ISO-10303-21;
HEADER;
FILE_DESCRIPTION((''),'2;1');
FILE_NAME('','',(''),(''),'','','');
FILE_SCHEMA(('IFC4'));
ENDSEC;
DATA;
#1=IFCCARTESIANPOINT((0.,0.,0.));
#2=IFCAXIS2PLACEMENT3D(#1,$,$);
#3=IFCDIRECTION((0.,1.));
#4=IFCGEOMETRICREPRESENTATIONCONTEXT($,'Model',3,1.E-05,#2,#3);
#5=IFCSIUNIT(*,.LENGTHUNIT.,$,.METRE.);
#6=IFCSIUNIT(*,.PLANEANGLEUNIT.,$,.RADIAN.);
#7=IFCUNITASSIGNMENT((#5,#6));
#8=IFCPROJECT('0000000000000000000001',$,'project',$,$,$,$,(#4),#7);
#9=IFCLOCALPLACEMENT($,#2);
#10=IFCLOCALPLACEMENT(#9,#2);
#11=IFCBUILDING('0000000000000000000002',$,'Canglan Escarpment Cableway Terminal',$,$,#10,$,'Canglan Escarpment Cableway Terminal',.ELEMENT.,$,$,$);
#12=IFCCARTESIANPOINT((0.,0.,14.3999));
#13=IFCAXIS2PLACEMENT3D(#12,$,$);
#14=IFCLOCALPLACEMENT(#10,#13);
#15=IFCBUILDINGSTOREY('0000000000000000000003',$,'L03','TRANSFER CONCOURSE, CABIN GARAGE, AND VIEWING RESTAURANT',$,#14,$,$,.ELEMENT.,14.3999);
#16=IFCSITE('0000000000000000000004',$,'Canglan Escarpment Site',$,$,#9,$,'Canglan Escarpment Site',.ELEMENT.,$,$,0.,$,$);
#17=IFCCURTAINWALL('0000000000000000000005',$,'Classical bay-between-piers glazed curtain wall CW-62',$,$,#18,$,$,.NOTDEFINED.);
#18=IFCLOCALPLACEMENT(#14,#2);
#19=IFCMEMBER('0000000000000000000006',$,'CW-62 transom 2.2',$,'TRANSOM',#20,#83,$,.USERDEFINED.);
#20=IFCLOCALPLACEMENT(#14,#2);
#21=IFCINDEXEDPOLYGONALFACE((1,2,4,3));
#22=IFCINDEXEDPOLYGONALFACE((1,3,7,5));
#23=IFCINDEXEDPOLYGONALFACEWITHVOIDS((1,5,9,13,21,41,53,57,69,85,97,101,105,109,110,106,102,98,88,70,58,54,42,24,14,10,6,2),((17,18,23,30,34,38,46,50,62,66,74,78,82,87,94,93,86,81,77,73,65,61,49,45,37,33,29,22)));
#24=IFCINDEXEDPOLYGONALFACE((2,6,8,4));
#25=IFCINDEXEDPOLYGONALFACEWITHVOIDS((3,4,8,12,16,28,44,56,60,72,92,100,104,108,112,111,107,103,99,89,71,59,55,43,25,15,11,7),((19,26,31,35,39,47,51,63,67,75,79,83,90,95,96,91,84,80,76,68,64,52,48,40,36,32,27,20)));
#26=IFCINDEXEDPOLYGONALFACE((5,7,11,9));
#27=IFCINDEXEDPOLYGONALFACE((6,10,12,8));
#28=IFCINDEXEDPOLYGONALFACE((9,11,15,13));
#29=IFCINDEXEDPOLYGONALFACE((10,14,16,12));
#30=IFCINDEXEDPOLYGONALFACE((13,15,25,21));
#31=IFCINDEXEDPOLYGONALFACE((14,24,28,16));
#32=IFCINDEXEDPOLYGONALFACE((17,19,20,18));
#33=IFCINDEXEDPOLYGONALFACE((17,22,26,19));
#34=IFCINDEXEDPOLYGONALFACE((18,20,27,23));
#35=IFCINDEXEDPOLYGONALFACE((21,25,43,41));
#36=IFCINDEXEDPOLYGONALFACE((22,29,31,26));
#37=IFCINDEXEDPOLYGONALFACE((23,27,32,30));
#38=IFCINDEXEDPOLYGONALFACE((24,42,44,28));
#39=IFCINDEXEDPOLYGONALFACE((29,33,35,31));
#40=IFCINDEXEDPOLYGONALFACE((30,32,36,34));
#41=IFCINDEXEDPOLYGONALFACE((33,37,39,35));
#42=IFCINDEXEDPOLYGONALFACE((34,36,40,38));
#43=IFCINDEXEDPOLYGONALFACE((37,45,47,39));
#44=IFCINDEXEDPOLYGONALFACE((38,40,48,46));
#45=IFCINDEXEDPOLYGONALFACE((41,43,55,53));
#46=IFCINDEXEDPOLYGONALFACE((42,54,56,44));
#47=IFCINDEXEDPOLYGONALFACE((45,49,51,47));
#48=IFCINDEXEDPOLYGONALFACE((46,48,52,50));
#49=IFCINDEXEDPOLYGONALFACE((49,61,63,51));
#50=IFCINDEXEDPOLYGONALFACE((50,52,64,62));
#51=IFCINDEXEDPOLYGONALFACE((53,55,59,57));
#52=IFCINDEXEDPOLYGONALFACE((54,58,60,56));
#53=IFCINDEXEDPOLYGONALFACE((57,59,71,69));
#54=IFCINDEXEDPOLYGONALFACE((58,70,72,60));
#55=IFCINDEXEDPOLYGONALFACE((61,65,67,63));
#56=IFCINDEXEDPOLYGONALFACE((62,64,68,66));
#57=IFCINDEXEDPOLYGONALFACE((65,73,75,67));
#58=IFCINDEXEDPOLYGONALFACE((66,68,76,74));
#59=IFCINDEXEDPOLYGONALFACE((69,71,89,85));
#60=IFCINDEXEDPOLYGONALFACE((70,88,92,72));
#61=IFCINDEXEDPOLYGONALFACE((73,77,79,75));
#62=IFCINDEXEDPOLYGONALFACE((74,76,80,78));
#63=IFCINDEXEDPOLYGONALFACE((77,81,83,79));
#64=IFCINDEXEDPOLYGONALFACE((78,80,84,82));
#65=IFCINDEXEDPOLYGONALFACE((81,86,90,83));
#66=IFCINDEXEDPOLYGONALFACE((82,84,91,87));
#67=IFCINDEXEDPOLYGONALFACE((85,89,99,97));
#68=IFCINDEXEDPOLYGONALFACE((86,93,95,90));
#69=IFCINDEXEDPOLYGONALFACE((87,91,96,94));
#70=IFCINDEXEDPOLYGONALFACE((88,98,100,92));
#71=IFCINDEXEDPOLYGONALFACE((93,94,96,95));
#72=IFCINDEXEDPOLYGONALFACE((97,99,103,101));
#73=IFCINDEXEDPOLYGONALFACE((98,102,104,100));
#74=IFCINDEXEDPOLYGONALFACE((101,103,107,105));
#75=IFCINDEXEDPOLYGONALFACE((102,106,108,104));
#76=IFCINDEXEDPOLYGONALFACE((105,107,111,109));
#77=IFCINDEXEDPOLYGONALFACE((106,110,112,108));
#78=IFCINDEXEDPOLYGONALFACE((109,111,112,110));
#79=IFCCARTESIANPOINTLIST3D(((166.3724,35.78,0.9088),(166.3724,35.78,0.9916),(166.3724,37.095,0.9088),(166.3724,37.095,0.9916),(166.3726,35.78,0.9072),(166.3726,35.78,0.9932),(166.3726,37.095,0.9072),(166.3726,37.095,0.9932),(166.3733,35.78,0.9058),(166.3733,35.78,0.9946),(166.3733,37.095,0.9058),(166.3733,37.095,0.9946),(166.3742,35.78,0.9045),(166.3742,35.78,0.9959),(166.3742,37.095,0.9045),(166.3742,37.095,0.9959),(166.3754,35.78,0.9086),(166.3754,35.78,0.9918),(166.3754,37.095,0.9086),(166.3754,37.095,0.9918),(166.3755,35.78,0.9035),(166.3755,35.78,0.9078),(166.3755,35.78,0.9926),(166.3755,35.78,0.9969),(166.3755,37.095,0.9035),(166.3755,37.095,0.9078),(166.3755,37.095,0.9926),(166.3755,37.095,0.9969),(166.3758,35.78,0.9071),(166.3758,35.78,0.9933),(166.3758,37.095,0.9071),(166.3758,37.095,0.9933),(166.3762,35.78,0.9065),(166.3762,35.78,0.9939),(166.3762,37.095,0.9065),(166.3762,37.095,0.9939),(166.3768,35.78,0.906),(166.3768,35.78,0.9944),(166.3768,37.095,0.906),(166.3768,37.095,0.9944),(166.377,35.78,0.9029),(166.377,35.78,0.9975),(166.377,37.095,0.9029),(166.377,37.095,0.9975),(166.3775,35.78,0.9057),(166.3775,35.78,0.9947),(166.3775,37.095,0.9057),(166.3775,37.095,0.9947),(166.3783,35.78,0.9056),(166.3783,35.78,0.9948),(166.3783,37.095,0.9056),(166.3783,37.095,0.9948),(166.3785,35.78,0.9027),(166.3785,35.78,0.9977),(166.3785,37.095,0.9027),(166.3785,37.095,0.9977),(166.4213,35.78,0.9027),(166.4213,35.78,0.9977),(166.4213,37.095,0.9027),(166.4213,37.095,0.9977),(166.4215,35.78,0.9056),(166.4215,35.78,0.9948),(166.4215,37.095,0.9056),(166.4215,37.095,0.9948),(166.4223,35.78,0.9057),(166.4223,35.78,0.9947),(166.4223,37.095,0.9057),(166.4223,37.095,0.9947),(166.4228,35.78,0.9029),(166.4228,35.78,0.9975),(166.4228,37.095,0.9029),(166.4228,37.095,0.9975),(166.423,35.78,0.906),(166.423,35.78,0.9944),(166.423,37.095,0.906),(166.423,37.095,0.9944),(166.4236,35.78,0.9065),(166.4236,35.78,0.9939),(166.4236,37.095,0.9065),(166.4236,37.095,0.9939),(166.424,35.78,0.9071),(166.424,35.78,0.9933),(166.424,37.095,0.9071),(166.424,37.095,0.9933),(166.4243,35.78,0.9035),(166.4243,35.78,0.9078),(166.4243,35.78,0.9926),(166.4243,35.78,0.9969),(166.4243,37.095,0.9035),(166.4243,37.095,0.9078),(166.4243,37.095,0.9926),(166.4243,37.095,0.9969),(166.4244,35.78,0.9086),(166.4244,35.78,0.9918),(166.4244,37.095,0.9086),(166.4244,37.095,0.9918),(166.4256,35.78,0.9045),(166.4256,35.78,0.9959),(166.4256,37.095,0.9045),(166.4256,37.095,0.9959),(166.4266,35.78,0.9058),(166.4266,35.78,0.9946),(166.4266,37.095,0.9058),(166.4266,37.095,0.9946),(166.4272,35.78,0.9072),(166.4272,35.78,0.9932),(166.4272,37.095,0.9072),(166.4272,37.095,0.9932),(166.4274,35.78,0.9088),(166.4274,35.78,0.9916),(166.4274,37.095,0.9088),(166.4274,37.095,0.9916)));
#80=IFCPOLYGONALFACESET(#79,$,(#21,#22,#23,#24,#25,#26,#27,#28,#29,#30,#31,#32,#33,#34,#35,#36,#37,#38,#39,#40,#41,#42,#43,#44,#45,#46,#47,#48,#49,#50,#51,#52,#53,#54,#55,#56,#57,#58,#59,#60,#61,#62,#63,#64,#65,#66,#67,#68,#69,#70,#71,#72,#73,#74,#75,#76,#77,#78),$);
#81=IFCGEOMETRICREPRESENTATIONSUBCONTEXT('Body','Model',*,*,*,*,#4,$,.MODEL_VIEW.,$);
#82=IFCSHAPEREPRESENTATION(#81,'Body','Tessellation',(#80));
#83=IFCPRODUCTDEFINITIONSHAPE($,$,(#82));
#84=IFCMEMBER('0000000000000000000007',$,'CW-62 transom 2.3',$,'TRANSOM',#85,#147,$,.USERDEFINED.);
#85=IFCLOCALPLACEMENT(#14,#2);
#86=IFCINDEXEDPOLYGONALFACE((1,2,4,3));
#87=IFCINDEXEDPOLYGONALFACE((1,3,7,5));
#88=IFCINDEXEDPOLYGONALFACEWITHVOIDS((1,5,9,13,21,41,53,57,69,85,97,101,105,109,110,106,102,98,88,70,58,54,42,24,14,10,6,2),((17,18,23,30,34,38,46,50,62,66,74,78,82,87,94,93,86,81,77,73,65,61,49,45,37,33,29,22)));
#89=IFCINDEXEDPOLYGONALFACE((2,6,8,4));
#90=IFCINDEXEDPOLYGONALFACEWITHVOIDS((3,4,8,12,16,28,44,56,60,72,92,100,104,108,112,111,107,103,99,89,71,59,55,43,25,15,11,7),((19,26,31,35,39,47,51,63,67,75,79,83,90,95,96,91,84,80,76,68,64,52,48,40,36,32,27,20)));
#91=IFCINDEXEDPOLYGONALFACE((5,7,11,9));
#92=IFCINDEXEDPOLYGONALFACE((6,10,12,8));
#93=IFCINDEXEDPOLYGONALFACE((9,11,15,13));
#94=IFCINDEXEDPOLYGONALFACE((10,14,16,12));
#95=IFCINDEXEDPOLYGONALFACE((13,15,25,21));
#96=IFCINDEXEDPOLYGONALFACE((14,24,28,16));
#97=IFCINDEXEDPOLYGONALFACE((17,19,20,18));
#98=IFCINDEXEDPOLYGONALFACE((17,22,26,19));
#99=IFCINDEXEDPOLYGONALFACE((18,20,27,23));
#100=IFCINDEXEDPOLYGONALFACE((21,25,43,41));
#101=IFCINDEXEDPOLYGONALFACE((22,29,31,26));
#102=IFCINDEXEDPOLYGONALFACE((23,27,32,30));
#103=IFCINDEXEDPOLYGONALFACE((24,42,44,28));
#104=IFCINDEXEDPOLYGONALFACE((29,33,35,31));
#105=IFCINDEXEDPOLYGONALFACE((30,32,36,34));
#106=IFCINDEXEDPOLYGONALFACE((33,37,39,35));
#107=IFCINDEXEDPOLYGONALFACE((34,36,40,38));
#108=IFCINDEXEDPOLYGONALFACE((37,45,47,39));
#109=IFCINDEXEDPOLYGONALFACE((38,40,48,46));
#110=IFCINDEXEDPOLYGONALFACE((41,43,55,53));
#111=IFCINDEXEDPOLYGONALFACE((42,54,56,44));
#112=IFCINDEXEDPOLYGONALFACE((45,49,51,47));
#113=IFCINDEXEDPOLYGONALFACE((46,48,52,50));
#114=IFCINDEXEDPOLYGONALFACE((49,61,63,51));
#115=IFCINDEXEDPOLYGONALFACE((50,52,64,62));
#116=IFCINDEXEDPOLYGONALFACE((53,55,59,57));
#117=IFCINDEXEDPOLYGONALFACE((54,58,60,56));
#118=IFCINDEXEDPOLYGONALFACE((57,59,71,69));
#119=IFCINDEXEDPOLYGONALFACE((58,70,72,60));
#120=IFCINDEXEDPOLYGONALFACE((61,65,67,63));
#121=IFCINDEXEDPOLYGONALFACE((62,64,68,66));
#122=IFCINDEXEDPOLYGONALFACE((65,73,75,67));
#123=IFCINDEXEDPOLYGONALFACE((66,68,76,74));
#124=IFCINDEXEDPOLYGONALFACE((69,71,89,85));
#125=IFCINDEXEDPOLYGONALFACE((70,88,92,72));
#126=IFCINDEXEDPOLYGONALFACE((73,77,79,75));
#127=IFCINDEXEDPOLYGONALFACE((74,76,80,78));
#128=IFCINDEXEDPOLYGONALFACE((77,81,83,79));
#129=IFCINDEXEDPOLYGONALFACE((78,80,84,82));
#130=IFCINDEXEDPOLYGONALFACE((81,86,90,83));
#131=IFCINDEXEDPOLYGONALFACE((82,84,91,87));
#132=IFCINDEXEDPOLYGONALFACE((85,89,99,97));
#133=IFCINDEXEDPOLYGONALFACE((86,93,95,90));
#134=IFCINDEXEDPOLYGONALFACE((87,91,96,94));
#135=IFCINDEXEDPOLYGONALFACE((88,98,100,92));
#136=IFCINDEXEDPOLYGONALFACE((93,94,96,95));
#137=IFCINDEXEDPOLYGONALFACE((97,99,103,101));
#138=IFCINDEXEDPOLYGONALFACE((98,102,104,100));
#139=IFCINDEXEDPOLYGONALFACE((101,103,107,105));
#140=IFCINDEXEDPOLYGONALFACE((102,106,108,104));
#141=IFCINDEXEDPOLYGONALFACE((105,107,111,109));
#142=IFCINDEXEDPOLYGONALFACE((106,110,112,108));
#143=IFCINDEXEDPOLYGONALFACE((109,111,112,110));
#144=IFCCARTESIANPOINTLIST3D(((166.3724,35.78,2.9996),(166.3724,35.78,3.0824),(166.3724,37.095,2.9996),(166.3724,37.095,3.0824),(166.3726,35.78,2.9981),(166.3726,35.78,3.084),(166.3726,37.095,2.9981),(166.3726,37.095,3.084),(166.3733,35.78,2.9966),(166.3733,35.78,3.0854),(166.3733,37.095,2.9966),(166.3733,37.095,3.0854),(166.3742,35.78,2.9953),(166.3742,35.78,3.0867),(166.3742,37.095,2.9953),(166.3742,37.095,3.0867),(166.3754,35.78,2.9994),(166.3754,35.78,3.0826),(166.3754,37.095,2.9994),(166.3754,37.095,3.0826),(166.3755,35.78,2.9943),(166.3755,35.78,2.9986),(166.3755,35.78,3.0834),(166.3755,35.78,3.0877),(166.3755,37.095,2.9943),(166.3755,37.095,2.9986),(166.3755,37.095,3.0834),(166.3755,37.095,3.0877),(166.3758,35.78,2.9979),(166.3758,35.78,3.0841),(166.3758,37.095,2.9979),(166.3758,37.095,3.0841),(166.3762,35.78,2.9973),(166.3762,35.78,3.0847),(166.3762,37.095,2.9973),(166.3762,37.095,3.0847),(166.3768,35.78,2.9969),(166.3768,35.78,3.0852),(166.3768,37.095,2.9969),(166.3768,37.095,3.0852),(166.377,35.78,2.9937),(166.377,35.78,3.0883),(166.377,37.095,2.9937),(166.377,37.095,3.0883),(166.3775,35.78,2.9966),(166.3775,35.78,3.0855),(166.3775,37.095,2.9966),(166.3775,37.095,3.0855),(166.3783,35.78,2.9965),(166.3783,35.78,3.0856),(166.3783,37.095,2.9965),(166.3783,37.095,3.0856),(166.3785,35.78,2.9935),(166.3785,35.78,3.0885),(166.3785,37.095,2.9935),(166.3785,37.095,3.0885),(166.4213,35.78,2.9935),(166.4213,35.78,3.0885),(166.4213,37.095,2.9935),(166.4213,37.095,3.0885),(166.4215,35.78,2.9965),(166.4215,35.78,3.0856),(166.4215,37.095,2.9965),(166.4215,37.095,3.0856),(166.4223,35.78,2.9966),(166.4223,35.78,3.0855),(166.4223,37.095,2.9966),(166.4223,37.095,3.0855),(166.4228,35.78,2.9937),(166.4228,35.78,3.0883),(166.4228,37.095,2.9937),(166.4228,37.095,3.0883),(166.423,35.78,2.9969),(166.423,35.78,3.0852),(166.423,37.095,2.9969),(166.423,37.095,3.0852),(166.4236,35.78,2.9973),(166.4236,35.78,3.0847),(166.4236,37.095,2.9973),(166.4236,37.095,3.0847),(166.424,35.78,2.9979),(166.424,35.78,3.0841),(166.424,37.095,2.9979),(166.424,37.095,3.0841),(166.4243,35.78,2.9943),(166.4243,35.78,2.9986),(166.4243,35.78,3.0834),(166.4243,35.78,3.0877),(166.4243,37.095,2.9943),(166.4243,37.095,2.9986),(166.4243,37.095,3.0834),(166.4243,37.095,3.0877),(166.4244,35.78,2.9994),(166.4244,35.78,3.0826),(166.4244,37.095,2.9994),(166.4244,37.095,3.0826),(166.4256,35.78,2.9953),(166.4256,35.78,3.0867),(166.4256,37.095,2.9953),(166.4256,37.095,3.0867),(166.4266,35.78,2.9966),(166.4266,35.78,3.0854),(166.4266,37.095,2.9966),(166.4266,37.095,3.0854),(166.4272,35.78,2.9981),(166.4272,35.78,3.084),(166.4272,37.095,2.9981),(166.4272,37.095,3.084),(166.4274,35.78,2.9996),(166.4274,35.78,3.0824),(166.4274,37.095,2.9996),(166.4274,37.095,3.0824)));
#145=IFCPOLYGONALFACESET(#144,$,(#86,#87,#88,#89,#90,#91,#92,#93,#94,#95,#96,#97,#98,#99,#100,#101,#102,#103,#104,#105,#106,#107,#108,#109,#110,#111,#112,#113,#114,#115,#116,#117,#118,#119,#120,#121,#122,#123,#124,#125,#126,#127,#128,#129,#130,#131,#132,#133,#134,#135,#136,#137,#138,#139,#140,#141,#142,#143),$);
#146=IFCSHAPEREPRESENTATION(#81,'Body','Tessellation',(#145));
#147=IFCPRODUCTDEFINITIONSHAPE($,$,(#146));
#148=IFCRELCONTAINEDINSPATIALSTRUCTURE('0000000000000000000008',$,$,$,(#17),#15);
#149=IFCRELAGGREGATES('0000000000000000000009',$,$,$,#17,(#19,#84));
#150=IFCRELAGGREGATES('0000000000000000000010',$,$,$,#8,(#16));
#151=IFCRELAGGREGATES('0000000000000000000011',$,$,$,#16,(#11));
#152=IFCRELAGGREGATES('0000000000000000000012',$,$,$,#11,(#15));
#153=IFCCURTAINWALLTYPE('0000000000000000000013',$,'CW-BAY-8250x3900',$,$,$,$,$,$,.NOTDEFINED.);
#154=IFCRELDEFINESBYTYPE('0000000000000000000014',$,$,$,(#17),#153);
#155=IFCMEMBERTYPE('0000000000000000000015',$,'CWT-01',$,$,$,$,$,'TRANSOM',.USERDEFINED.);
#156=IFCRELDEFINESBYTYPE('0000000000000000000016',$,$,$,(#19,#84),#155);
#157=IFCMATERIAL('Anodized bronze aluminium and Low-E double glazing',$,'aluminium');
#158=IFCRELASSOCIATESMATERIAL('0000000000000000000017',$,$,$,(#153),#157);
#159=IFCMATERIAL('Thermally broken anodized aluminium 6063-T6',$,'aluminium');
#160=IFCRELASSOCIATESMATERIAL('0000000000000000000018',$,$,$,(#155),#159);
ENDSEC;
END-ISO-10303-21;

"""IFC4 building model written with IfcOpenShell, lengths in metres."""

from ifc_helpers import new_model, si_unit, direction, frame, origin, origin_2d, place, context, subcontext, project, spatial, hollow_rectangle, extrude, material, material_profile, profile_set, type_object, element, aggregate, save


model = new_model("IFC4")

# Units and contexts
model_context = context("Model", 3, precision=1e-05, world=origin(), true_north=direction((0.0, 1.0)))
body_context = subcontext(model_context, "Body", "Model", "MODEL_VIEW")
ifc_project = project(units=[si_unit("LENGTHUNIT", "METRE"), si_unit("PLANEANGLEUNIT", "RADIAN")], contexts=[model_context])

# Site, building, storey
site_placement = place(None, origin())
site = spatial("IfcSite", under=ifc_project, at=site_placement, Name="Canglan Escarpment Site", LongName="Canglan Escarpment Site", CompositionType="ELEMENT", RefElevation=0.0)
building_placement = place(site_placement, origin())
building = spatial("IfcBuilding", under=site, at=building_placement, Name="Canglan Escarpment Cableway Terminal", LongName="Canglan Escarpment Cableway Terminal", CompositionType="ELEMENT")
storey_placement = place(building_placement, frame((0.0, 0.0, 14.3999)))
storey = spatial("IfcBuildingStorey", under=building, at=storey_placement, Name="L03", Description="TRANSFER CONCOURSE, CABIN GARAGE, AND VIEWING RESTAURANT", CompositionType="ELEMENT", Elevation=14.3999)

# Curtain wall
ifc_material_1 = material(Name="Anodized bronze aluminium and Low-E double glazing", Category="aluminium")
curtain_wall_type_1 = type_object("IfcCurtainWallType", Name="CW-BAY-8250x3900", PredefinedType="NOTDEFINED", material=ifc_material_1)
curtain_wall_1_placement = place(storey_placement, origin())
curtain_wall_1 = element("IfcCurtainWall", 1, at=curtain_wall_1_placement, inside=storey, type_object=curtain_wall_type_1, Name="Classical bay-between-piers glazed curtain wall CW-62", PredefinedType="NOTDEFINED")
ifc_material_2 = material(Name="Thermally broken anodized aluminium 6063-T6", Category="aluminium")

# Members
ifc_material_profile_1 = material_profile(ifc_material_2, hollow_rectangle(XDim=0.0549, YDim=0.095, WallThickness=0.0029, InnerFilletRadius=0.0029, OuterFilletRadius=0.0061, at=origin_2d()), Name="ALU-TRAN 55x95x3")
ifc_profile_set_1 = profile_set([ifc_material_profile_1], Name="Thermally broken anodized aluminium 6063-T6")
member_type_1 = type_object("IfcMemberType", Name="CWT-01", ElementType="TRANSOM", PredefinedType="USERDEFINED", material=ifc_profile_set_1)
member_1_placement = place(storey_placement, frame((166.3999, 35.78, 0.9502), z_axis=(0.0, 1.0, 0.0), x_axis=(-1.0, 0.0, 0.0)))
member_1 = element("IfcMember", 2, at=member_1_placement, type_object=member_type_1, Name="CW-62 transom 2.2", ObjectType="TRANSOM", PredefinedType="USERDEFINED", context=body_context, shape_type="SweptSolid", body=[
    extrude(hollow_rectangle(XDim=0.0549, YDim=0.095, WallThickness=0.0029, InnerFilletRadius=0.0029, OuterFilletRadius=0.0061, at=origin_2d()), origin(), (0.0, 0.0, 1.0), 1.3149),
])
member_2_placement = place(storey_placement, frame((166.3999, 35.78, 3.041), z_axis=(0.0, 1.0, 0.0), x_axis=(-1.0, 0.0, 0.0)))
member_2 = element("IfcMember", 3, at=member_2_placement, type_object=member_type_1, Name="CW-62 transom 2.3", ObjectType="TRANSOM", PredefinedType="USERDEFINED", context=body_context, shape_type="SweptSolid", body=[
    extrude(hollow_rectangle(XDim=0.0549, YDim=0.095, WallThickness=0.0029, InnerFilletRadius=0.0029, OuterFilletRadius=0.0061, at=origin_2d()), origin(), (0.0, 0.0, 1.0), 1.3149),
])

aggregate(curtain_wall_1, [member_1, member_2])

save(model, "model.ifc")
